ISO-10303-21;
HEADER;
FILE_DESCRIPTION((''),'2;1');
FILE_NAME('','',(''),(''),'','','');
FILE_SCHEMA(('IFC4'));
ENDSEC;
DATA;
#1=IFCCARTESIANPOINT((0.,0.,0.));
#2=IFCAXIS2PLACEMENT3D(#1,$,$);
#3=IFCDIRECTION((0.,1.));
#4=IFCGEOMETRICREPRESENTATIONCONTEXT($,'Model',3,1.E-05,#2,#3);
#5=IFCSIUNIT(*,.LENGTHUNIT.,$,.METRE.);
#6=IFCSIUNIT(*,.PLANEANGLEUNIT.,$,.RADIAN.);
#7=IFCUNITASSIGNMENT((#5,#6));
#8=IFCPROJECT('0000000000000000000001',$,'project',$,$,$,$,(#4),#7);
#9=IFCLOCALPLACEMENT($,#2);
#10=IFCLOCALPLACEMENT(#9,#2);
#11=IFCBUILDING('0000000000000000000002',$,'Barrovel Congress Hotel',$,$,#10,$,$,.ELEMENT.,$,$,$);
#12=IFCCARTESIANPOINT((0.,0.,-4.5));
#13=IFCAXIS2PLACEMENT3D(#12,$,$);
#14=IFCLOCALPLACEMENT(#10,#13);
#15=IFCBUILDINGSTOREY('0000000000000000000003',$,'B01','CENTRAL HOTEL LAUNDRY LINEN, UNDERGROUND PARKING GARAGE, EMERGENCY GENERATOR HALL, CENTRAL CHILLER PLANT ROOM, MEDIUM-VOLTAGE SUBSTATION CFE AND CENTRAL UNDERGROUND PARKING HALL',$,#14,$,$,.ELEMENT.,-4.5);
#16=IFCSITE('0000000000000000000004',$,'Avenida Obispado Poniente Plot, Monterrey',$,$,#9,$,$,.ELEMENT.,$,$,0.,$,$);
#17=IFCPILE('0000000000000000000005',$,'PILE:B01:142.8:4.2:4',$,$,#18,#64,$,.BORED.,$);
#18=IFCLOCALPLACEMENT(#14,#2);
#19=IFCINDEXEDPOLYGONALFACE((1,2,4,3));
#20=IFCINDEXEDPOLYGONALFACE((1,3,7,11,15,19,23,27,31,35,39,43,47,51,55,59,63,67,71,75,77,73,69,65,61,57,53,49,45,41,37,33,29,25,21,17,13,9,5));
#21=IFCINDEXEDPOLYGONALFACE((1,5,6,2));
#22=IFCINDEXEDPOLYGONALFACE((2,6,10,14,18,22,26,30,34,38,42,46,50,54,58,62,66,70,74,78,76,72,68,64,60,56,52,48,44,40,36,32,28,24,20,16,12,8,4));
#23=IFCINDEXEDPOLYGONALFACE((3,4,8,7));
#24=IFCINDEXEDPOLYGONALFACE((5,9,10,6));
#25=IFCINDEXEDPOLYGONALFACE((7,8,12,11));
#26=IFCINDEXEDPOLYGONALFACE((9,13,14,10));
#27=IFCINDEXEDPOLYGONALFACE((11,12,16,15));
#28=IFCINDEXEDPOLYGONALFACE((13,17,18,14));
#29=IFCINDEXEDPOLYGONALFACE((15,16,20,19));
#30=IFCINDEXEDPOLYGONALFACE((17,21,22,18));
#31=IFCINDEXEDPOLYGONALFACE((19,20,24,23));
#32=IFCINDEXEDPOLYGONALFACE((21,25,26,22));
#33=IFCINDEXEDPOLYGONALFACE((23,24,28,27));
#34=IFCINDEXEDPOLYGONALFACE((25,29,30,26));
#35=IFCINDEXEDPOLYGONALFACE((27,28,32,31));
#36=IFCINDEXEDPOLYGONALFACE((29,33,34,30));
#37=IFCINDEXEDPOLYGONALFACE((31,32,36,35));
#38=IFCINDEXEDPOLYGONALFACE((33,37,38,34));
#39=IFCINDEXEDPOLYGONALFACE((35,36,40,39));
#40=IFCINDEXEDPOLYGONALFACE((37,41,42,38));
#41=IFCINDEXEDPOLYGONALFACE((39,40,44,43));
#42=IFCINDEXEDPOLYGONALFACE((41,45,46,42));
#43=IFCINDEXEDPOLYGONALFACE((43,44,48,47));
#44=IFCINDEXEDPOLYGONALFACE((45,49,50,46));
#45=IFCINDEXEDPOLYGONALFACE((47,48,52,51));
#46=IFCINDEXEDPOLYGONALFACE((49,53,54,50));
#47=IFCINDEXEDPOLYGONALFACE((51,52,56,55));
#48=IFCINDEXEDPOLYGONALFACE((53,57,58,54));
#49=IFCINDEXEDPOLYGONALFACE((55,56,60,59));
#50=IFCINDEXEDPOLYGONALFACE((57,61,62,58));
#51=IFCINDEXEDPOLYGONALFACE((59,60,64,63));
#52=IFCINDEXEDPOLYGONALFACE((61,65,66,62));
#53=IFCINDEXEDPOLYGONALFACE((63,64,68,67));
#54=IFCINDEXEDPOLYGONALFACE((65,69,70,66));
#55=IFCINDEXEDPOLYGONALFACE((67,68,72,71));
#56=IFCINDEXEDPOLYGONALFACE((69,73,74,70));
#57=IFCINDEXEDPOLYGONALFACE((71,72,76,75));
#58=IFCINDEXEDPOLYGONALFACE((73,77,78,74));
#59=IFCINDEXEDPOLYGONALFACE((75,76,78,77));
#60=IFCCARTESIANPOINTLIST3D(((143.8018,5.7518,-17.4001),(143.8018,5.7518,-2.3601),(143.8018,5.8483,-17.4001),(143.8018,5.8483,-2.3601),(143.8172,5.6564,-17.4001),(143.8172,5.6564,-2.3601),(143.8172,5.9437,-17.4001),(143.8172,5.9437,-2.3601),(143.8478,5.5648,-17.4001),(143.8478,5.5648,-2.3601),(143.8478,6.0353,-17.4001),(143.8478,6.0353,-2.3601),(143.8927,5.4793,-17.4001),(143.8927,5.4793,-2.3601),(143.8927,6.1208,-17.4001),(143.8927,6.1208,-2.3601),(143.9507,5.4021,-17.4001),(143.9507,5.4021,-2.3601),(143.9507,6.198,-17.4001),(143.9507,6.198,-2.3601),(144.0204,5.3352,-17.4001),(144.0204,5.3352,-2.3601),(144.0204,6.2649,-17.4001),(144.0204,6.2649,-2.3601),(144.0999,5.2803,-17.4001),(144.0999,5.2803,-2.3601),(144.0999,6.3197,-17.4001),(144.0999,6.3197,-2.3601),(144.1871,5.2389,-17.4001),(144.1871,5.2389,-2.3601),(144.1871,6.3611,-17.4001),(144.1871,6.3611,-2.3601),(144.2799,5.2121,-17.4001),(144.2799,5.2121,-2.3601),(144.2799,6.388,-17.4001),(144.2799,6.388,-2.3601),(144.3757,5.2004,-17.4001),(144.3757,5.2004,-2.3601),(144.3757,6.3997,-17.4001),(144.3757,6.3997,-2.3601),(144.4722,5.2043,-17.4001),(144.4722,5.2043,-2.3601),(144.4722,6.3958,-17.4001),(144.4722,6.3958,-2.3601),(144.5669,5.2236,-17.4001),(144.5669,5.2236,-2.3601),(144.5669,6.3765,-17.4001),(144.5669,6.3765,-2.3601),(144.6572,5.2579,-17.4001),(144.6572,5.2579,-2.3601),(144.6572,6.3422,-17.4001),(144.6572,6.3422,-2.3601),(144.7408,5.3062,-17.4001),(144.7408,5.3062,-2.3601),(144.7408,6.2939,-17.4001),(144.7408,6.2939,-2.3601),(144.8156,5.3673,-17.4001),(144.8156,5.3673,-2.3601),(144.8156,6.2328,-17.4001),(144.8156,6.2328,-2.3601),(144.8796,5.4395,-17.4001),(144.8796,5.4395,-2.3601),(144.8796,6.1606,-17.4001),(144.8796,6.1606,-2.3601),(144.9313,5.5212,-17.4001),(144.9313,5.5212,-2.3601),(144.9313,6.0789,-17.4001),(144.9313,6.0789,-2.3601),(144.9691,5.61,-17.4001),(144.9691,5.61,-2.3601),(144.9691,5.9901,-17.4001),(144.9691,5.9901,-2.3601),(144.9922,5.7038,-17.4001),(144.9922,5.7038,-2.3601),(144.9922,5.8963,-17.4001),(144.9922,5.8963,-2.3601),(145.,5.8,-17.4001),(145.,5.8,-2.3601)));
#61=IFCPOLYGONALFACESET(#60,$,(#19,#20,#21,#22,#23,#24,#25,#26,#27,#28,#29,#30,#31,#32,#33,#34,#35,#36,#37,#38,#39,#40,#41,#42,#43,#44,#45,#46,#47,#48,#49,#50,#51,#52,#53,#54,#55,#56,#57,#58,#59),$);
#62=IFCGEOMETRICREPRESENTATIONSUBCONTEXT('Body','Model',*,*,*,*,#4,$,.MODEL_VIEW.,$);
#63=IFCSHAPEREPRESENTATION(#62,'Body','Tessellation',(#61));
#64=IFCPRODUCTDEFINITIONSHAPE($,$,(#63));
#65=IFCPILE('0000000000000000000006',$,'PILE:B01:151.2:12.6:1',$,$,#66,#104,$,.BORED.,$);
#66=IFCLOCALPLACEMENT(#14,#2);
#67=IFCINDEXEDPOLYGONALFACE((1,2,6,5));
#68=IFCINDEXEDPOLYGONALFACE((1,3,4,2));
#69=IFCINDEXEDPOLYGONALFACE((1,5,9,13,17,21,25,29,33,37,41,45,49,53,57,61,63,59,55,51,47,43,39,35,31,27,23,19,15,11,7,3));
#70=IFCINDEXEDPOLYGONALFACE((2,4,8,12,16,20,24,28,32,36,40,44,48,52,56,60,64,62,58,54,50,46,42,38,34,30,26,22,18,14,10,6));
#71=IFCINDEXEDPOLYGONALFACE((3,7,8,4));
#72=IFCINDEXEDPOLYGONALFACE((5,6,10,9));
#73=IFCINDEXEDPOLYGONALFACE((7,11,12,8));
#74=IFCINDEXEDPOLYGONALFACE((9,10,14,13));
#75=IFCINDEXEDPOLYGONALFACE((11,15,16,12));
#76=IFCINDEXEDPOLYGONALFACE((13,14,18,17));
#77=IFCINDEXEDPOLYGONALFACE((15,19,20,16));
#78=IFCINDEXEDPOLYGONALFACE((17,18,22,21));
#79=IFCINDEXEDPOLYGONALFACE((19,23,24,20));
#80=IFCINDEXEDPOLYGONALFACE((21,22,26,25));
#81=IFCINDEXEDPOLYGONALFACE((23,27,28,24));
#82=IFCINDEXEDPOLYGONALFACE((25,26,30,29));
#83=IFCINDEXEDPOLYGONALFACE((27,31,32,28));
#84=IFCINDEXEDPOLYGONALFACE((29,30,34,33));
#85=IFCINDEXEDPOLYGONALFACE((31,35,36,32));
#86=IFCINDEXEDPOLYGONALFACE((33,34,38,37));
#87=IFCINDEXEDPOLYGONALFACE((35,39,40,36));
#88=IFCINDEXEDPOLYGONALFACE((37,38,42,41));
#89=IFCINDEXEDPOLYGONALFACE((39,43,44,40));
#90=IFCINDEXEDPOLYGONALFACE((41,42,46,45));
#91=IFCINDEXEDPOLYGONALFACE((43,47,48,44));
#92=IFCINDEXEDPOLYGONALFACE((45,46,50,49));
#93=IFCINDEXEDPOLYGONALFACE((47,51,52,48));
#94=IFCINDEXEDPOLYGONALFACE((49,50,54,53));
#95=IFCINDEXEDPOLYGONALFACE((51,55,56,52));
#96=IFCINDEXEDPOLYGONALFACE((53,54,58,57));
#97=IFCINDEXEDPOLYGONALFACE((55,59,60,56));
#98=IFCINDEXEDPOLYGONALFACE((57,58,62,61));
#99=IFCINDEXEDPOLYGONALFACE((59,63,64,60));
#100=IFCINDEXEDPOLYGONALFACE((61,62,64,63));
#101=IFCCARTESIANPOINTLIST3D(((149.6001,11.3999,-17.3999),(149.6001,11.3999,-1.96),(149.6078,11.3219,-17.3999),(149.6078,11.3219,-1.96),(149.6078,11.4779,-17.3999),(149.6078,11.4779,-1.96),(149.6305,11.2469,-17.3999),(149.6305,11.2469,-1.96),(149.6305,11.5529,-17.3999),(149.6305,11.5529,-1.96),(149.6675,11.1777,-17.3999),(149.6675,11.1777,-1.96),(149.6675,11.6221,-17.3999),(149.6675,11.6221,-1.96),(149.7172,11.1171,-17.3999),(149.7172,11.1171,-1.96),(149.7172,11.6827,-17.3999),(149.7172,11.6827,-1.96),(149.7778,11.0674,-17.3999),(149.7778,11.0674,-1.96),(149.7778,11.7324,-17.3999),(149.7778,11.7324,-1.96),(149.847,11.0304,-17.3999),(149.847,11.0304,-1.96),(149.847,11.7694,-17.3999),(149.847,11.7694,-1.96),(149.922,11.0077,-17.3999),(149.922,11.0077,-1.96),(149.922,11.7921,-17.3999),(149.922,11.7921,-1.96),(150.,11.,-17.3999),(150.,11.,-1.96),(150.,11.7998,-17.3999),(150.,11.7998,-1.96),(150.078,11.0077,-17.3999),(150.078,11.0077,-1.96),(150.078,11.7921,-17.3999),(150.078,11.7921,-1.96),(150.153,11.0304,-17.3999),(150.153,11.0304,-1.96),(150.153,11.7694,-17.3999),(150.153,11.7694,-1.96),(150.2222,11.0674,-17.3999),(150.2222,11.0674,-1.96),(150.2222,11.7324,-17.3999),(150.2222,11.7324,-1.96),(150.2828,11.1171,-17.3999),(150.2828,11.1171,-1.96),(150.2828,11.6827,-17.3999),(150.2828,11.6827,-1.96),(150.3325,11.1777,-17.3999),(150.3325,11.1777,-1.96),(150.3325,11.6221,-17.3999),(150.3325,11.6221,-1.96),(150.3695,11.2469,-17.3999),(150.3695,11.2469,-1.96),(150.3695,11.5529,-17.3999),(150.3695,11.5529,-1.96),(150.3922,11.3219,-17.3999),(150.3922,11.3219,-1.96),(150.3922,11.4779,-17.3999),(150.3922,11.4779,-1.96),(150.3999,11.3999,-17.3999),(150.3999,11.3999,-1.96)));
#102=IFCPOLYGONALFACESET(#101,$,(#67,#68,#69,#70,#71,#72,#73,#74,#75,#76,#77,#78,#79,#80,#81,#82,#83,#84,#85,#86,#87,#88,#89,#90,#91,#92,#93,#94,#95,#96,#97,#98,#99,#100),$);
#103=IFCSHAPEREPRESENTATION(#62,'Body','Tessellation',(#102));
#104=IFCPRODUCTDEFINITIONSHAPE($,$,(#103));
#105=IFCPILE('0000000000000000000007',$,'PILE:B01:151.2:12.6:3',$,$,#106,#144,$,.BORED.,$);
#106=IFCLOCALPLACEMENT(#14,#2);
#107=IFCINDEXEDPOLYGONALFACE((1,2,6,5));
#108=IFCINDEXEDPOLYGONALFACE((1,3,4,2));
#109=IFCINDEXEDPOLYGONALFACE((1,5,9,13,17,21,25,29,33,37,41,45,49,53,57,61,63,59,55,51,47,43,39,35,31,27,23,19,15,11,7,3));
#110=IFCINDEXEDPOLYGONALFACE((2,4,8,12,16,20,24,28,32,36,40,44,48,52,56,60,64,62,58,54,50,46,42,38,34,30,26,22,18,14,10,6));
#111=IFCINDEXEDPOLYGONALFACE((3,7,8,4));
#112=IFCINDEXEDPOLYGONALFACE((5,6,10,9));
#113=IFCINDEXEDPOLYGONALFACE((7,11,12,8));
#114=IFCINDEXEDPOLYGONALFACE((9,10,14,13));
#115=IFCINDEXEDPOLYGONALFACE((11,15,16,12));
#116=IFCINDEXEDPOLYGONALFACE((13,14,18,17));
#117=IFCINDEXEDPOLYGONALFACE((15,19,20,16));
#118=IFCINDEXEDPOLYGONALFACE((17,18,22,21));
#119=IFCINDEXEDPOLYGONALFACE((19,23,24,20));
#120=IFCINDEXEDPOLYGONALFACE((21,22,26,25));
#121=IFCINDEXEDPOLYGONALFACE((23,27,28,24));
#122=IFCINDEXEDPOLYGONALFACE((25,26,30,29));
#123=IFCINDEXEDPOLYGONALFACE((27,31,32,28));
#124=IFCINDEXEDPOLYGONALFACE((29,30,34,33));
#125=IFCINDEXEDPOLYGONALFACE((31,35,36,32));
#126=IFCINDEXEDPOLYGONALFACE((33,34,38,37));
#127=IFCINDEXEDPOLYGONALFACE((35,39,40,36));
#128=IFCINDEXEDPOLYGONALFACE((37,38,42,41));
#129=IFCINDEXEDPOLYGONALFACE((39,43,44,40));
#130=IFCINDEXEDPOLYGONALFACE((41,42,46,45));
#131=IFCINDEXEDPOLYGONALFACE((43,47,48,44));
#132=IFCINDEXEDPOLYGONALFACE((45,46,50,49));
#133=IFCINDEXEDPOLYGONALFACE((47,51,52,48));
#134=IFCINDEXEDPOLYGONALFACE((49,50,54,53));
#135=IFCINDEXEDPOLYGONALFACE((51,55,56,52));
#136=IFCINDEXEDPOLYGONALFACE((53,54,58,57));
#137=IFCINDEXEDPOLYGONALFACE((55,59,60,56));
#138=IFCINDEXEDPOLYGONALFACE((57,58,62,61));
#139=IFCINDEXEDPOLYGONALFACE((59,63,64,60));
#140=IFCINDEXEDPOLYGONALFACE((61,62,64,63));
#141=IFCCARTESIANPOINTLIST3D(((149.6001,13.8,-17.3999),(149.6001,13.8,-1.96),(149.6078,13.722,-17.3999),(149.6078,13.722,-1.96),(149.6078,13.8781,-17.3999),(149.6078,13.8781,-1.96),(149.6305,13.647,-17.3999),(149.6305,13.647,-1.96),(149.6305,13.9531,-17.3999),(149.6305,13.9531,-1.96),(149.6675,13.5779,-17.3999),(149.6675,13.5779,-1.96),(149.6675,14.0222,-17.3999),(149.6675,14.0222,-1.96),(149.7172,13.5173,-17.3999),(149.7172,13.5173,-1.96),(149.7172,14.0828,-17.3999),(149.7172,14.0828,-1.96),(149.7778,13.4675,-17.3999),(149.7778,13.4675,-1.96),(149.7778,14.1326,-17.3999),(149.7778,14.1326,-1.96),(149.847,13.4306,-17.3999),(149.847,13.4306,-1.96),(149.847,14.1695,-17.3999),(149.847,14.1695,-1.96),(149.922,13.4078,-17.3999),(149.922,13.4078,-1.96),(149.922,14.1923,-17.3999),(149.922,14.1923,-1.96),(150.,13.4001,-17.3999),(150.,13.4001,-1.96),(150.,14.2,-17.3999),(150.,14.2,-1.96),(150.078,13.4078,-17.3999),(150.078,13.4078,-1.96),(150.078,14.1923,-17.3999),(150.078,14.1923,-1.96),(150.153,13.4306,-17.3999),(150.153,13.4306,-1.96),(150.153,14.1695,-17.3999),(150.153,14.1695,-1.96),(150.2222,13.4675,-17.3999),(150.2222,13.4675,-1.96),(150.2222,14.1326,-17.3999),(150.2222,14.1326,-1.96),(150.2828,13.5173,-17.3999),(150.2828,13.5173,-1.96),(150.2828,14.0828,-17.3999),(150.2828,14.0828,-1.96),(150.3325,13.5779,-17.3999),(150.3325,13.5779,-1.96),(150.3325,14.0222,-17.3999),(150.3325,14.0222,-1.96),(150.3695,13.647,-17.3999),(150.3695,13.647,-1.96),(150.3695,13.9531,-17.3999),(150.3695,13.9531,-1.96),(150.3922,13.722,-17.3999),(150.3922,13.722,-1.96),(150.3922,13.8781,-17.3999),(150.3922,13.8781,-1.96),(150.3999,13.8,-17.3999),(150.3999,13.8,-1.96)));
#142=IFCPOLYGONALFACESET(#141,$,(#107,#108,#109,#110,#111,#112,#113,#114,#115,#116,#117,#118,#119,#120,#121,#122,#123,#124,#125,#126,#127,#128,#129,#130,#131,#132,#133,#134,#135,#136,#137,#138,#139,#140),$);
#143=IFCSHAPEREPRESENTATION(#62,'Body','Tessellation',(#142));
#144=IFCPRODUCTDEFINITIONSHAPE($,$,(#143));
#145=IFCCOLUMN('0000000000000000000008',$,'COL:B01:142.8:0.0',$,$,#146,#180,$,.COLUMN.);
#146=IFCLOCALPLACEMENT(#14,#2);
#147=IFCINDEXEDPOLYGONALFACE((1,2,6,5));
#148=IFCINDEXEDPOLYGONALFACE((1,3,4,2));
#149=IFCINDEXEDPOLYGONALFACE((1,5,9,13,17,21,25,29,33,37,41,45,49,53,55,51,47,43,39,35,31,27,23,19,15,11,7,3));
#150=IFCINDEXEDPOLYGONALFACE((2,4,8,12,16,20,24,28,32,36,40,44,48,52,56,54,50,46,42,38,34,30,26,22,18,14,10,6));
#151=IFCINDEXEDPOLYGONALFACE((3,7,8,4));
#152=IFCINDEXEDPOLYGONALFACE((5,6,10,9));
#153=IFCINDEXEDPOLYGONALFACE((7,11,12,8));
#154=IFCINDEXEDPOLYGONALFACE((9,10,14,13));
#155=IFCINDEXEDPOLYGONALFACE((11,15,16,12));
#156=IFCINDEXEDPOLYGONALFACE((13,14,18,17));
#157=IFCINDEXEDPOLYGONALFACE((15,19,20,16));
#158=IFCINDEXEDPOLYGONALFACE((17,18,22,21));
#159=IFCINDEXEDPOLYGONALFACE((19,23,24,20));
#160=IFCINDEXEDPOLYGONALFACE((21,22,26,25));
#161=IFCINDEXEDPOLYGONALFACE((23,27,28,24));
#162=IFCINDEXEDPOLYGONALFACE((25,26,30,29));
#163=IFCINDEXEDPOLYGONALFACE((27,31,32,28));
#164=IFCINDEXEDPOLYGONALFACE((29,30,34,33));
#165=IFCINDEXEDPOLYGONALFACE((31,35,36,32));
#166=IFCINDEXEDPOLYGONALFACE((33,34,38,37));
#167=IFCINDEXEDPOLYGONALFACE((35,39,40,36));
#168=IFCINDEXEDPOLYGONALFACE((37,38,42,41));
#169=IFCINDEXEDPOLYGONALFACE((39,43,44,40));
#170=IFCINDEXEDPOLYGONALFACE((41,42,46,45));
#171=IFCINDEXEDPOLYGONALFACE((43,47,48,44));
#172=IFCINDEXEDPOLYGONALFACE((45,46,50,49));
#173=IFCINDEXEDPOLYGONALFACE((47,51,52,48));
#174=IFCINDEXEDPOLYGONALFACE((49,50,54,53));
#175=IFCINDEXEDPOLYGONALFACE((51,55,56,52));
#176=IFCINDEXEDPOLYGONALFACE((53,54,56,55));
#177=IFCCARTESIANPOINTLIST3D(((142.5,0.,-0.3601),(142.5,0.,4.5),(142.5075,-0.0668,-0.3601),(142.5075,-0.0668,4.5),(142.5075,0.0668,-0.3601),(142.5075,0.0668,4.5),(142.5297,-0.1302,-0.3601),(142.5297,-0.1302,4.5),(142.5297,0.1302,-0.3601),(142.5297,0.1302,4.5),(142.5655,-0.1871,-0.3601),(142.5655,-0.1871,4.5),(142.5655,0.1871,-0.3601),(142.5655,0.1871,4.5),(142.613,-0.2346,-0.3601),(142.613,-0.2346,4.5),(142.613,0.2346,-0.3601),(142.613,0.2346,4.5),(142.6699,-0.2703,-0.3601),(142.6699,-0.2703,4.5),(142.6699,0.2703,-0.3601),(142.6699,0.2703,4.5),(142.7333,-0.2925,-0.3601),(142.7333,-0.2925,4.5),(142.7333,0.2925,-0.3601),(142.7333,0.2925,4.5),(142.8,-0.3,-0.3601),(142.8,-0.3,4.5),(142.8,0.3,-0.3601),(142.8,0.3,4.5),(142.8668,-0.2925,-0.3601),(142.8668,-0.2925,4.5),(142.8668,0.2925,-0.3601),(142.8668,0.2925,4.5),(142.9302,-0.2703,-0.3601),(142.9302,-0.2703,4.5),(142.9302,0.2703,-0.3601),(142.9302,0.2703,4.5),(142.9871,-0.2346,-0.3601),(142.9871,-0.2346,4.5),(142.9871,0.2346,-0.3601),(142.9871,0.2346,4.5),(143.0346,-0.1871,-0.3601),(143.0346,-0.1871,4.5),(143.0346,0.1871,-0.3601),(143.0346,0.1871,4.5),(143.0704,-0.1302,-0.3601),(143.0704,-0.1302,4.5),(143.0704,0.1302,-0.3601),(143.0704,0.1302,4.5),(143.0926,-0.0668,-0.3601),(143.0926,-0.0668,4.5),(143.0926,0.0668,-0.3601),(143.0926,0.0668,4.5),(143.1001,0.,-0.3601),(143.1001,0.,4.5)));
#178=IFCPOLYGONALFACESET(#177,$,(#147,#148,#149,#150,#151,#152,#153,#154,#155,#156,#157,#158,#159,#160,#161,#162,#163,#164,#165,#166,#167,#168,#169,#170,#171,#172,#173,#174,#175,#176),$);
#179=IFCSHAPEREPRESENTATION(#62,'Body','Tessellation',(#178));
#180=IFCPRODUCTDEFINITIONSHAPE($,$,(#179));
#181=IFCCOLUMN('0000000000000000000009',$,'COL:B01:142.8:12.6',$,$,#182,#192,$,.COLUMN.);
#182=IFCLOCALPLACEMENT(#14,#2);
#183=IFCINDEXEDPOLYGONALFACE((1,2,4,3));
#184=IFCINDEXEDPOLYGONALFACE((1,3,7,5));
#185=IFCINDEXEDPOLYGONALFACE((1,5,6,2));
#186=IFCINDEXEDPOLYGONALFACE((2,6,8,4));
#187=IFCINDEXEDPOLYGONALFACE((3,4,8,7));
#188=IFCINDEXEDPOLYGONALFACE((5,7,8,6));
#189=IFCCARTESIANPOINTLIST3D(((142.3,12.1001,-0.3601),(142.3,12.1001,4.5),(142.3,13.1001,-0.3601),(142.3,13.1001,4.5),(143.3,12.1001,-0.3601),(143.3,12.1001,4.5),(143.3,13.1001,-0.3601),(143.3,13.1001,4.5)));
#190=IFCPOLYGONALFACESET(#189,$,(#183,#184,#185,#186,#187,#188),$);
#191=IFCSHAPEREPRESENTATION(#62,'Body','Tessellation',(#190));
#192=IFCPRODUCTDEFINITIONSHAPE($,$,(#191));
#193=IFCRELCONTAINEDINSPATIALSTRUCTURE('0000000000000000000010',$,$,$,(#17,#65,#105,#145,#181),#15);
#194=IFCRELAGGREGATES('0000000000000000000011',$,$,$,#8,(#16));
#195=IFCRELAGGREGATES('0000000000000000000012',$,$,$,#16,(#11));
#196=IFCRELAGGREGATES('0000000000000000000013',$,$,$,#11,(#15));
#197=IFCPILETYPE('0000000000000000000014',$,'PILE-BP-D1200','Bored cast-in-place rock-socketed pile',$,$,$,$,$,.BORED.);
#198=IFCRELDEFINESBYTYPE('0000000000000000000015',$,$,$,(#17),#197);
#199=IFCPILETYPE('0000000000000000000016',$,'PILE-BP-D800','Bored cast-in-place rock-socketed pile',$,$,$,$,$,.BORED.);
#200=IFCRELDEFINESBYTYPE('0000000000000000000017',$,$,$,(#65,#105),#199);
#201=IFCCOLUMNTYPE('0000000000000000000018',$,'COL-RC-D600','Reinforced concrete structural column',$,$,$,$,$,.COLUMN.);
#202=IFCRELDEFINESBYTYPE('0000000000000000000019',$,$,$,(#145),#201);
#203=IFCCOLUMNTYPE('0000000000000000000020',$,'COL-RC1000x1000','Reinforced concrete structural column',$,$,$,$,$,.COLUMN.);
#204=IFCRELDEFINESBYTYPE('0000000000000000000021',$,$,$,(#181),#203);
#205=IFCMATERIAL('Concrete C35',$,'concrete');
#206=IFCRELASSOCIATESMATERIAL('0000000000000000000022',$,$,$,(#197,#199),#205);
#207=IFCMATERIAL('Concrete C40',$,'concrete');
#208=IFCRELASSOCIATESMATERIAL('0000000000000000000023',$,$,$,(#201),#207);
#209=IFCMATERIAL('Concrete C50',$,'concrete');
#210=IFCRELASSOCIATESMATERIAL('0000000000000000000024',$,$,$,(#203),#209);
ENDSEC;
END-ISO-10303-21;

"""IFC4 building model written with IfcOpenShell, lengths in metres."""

from ifc_helpers import new_model, si_unit, direction, frame, origin, origin_2d, place, context, subcontext, project, spatial, rectangle, circle, extrude, material, material_profile, profile_set, type_object, element, save


model = new_model("IFC4")

# Units and contexts
model_context = context("Model", 3, precision=1e-05, world=origin(), true_north=direction((0.0, 1.0)))
body_context = subcontext(model_context, "Body", "Model", "MODEL_VIEW")
ifc_project = project(units=[si_unit("LENGTHUNIT", "METRE"), si_unit("PLANEANGLEUNIT", "RADIAN")], contexts=[model_context])

# Site, building, storey
site_placement = place(None, origin())
site = spatial("IfcSite", under=ifc_project, at=site_placement, Name="Avenida Obispado Poniente Plot, Monterrey", CompositionType="ELEMENT", RefElevation=0.0)
building_placement = place(site_placement, origin())
building = spatial("IfcBuilding", under=site, at=building_placement, Name="Barrovel Congress Hotel", CompositionType="ELEMENT")
storey_placement = place(building_placement, frame((0.0, 0.0, -4.5)))
storey = spatial("IfcBuildingStorey", under=building, at=storey_placement, Name="B01", Description="CENTRAL HOTEL LAUNDRY LINEN, UNDERGROUND PARKING GARAGE, EMERGENCY GENERATOR HALL, CENTRAL CHILLER PLANT ROOM, MEDIUM-VOLTAGE SUBSTATION CFE AND CENTRAL UNDERGROUND PARKING HALL", CompositionType="ELEMENT", Elevation=-4.5)

# Shared definitions
ifc_material_1 = material(Name="Concrete C40", Category="concrete")

# Piles
ifc_material_2 = material(Name="Concrete C35", Category="concrete")
ifc_material_profile_1 = material_profile(ifc_material_2, circle(Radius=0.6001, at=origin_2d()), Name="BP-D1200")
ifc_profile_set_1 = profile_set([ifc_material_profile_1], Name="Concrete C35")
pile_type_1 = type_object("IfcPileType", Name="PILE-BP-D1200", Description="Bored cast-in-place rock-socketed pile", PredefinedType="BORED", material=ifc_profile_set_1)
for number, where, z_axis, x_axis, name in (
    (1, (144.3999, 5.8, -2.3601), (0.0, 0.0, -1.0), (1.0, 0.0, 0.0), "PILE:B01:142.8:4.2:4"),
):
    element("IfcPile", number, at=place(storey_placement, frame(where, z_axis=z_axis, x_axis=x_axis)), inside=storey, type_object=pile_type_1, Name=name, PredefinedType="BORED", context=body_context, shape_type="SweptSolid", body=[
        extrude(circle(Radius=0.6001, at=origin_2d()), origin(), (0.0, 0.0, 1.0), 15.04),
    ])
ifc_material_profile_2 = material_profile(ifc_material_2, circle(Radius=0.3999, at=origin_2d()), Name="BP-D800")
ifc_profile_set_2 = profile_set([ifc_material_profile_2], Name="Concrete C35")
pile_type_2 = type_object("IfcPileType", Name="PILE-BP-D800", Description="Bored cast-in-place rock-socketed pile", PredefinedType="BORED", material=ifc_profile_set_2)
for number, where, z_axis, x_axis, name in (
    (2, (150.0, 11.3999, -1.96), (0.0, 0.0, -1.0), (1.0, 0.0, 0.0), "PILE:B01:151.2:12.6:1"),
    (3, (150.0, 13.8, -1.96), (0.0, 0.0, -1.0), (1.0, 0.0, 0.0), "PILE:B01:151.2:12.6:3"),
):
    element("IfcPile", number, at=place(storey_placement, frame(where, z_axis=z_axis, x_axis=x_axis)), inside=storey, type_object=pile_type_2, Name=name, PredefinedType="BORED", context=body_context, shape_type="SweptSolid", body=[
        extrude(circle(Radius=0.3999, at=origin_2d()), origin(), (0.0, 0.0, 1.0), 15.4399),
    ])

# Columns
ifc_material_profile_3 = material_profile(ifc_material_1, circle(Radius=0.3, at=origin_2d()), Name="RC-D600")
ifc_profile_set_3 = profile_set([ifc_material_profile_3], Name="Concrete C40")
column_type_1 = type_object("IfcColumnType", Name="COL-RC-D600", Description="Reinforced concrete structural column", PredefinedType="COLUMN", material=ifc_profile_set_3)
column_1_placement = place(storey_placement, frame((142.8, 0.0, -0.3601), z_axis=(0.0, 0.0, 1.0), x_axis=(1.0, 0.0, 0.0)))
element("IfcColumn", 4, at=column_1_placement, inside=storey, type_object=column_type_1, Name="COL:B01:142.8:0.0", PredefinedType="COLUMN", context=body_context, shape_type="SweptSolid", body=[
    extrude(circle(Radius=0.3, at=origin_2d()), origin(), (0.0, 0.0, 1.0), 4.8601),
])
ifc_material_3 = material(Name="Concrete C50", Category="concrete")
ifc_material_profile_4 = material_profile(ifc_material_3, rectangle(XDim=1.0, YDim=1.0, at=origin_2d()), Name="RC1000x1000")
ifc_profile_set_4 = profile_set([ifc_material_profile_4], Name="Concrete C50")
column_type_2 = type_object("IfcColumnType", Name="COL-RC1000x1000", Description="Reinforced concrete structural column", PredefinedType="COLUMN", material=ifc_profile_set_4)
column_2_placement = place(storey_placement, frame((142.8, 12.6001, -0.3601), z_axis=(0.0, 0.0, 1.0), x_axis=(1.0, 0.0, 0.0)))
element("IfcColumn", 5, at=column_2_placement, inside=storey, type_object=column_type_2, Name="COL:B01:142.8:12.6", PredefinedType="COLUMN", context=body_context, shape_type="SweptSolid", body=[
    extrude(rectangle(XDim=1.0, YDim=1.0, at=origin_2d()), origin(), (0.0, 0.0, 1.0), 4.8601),
])

save(model, "model.ifc")
